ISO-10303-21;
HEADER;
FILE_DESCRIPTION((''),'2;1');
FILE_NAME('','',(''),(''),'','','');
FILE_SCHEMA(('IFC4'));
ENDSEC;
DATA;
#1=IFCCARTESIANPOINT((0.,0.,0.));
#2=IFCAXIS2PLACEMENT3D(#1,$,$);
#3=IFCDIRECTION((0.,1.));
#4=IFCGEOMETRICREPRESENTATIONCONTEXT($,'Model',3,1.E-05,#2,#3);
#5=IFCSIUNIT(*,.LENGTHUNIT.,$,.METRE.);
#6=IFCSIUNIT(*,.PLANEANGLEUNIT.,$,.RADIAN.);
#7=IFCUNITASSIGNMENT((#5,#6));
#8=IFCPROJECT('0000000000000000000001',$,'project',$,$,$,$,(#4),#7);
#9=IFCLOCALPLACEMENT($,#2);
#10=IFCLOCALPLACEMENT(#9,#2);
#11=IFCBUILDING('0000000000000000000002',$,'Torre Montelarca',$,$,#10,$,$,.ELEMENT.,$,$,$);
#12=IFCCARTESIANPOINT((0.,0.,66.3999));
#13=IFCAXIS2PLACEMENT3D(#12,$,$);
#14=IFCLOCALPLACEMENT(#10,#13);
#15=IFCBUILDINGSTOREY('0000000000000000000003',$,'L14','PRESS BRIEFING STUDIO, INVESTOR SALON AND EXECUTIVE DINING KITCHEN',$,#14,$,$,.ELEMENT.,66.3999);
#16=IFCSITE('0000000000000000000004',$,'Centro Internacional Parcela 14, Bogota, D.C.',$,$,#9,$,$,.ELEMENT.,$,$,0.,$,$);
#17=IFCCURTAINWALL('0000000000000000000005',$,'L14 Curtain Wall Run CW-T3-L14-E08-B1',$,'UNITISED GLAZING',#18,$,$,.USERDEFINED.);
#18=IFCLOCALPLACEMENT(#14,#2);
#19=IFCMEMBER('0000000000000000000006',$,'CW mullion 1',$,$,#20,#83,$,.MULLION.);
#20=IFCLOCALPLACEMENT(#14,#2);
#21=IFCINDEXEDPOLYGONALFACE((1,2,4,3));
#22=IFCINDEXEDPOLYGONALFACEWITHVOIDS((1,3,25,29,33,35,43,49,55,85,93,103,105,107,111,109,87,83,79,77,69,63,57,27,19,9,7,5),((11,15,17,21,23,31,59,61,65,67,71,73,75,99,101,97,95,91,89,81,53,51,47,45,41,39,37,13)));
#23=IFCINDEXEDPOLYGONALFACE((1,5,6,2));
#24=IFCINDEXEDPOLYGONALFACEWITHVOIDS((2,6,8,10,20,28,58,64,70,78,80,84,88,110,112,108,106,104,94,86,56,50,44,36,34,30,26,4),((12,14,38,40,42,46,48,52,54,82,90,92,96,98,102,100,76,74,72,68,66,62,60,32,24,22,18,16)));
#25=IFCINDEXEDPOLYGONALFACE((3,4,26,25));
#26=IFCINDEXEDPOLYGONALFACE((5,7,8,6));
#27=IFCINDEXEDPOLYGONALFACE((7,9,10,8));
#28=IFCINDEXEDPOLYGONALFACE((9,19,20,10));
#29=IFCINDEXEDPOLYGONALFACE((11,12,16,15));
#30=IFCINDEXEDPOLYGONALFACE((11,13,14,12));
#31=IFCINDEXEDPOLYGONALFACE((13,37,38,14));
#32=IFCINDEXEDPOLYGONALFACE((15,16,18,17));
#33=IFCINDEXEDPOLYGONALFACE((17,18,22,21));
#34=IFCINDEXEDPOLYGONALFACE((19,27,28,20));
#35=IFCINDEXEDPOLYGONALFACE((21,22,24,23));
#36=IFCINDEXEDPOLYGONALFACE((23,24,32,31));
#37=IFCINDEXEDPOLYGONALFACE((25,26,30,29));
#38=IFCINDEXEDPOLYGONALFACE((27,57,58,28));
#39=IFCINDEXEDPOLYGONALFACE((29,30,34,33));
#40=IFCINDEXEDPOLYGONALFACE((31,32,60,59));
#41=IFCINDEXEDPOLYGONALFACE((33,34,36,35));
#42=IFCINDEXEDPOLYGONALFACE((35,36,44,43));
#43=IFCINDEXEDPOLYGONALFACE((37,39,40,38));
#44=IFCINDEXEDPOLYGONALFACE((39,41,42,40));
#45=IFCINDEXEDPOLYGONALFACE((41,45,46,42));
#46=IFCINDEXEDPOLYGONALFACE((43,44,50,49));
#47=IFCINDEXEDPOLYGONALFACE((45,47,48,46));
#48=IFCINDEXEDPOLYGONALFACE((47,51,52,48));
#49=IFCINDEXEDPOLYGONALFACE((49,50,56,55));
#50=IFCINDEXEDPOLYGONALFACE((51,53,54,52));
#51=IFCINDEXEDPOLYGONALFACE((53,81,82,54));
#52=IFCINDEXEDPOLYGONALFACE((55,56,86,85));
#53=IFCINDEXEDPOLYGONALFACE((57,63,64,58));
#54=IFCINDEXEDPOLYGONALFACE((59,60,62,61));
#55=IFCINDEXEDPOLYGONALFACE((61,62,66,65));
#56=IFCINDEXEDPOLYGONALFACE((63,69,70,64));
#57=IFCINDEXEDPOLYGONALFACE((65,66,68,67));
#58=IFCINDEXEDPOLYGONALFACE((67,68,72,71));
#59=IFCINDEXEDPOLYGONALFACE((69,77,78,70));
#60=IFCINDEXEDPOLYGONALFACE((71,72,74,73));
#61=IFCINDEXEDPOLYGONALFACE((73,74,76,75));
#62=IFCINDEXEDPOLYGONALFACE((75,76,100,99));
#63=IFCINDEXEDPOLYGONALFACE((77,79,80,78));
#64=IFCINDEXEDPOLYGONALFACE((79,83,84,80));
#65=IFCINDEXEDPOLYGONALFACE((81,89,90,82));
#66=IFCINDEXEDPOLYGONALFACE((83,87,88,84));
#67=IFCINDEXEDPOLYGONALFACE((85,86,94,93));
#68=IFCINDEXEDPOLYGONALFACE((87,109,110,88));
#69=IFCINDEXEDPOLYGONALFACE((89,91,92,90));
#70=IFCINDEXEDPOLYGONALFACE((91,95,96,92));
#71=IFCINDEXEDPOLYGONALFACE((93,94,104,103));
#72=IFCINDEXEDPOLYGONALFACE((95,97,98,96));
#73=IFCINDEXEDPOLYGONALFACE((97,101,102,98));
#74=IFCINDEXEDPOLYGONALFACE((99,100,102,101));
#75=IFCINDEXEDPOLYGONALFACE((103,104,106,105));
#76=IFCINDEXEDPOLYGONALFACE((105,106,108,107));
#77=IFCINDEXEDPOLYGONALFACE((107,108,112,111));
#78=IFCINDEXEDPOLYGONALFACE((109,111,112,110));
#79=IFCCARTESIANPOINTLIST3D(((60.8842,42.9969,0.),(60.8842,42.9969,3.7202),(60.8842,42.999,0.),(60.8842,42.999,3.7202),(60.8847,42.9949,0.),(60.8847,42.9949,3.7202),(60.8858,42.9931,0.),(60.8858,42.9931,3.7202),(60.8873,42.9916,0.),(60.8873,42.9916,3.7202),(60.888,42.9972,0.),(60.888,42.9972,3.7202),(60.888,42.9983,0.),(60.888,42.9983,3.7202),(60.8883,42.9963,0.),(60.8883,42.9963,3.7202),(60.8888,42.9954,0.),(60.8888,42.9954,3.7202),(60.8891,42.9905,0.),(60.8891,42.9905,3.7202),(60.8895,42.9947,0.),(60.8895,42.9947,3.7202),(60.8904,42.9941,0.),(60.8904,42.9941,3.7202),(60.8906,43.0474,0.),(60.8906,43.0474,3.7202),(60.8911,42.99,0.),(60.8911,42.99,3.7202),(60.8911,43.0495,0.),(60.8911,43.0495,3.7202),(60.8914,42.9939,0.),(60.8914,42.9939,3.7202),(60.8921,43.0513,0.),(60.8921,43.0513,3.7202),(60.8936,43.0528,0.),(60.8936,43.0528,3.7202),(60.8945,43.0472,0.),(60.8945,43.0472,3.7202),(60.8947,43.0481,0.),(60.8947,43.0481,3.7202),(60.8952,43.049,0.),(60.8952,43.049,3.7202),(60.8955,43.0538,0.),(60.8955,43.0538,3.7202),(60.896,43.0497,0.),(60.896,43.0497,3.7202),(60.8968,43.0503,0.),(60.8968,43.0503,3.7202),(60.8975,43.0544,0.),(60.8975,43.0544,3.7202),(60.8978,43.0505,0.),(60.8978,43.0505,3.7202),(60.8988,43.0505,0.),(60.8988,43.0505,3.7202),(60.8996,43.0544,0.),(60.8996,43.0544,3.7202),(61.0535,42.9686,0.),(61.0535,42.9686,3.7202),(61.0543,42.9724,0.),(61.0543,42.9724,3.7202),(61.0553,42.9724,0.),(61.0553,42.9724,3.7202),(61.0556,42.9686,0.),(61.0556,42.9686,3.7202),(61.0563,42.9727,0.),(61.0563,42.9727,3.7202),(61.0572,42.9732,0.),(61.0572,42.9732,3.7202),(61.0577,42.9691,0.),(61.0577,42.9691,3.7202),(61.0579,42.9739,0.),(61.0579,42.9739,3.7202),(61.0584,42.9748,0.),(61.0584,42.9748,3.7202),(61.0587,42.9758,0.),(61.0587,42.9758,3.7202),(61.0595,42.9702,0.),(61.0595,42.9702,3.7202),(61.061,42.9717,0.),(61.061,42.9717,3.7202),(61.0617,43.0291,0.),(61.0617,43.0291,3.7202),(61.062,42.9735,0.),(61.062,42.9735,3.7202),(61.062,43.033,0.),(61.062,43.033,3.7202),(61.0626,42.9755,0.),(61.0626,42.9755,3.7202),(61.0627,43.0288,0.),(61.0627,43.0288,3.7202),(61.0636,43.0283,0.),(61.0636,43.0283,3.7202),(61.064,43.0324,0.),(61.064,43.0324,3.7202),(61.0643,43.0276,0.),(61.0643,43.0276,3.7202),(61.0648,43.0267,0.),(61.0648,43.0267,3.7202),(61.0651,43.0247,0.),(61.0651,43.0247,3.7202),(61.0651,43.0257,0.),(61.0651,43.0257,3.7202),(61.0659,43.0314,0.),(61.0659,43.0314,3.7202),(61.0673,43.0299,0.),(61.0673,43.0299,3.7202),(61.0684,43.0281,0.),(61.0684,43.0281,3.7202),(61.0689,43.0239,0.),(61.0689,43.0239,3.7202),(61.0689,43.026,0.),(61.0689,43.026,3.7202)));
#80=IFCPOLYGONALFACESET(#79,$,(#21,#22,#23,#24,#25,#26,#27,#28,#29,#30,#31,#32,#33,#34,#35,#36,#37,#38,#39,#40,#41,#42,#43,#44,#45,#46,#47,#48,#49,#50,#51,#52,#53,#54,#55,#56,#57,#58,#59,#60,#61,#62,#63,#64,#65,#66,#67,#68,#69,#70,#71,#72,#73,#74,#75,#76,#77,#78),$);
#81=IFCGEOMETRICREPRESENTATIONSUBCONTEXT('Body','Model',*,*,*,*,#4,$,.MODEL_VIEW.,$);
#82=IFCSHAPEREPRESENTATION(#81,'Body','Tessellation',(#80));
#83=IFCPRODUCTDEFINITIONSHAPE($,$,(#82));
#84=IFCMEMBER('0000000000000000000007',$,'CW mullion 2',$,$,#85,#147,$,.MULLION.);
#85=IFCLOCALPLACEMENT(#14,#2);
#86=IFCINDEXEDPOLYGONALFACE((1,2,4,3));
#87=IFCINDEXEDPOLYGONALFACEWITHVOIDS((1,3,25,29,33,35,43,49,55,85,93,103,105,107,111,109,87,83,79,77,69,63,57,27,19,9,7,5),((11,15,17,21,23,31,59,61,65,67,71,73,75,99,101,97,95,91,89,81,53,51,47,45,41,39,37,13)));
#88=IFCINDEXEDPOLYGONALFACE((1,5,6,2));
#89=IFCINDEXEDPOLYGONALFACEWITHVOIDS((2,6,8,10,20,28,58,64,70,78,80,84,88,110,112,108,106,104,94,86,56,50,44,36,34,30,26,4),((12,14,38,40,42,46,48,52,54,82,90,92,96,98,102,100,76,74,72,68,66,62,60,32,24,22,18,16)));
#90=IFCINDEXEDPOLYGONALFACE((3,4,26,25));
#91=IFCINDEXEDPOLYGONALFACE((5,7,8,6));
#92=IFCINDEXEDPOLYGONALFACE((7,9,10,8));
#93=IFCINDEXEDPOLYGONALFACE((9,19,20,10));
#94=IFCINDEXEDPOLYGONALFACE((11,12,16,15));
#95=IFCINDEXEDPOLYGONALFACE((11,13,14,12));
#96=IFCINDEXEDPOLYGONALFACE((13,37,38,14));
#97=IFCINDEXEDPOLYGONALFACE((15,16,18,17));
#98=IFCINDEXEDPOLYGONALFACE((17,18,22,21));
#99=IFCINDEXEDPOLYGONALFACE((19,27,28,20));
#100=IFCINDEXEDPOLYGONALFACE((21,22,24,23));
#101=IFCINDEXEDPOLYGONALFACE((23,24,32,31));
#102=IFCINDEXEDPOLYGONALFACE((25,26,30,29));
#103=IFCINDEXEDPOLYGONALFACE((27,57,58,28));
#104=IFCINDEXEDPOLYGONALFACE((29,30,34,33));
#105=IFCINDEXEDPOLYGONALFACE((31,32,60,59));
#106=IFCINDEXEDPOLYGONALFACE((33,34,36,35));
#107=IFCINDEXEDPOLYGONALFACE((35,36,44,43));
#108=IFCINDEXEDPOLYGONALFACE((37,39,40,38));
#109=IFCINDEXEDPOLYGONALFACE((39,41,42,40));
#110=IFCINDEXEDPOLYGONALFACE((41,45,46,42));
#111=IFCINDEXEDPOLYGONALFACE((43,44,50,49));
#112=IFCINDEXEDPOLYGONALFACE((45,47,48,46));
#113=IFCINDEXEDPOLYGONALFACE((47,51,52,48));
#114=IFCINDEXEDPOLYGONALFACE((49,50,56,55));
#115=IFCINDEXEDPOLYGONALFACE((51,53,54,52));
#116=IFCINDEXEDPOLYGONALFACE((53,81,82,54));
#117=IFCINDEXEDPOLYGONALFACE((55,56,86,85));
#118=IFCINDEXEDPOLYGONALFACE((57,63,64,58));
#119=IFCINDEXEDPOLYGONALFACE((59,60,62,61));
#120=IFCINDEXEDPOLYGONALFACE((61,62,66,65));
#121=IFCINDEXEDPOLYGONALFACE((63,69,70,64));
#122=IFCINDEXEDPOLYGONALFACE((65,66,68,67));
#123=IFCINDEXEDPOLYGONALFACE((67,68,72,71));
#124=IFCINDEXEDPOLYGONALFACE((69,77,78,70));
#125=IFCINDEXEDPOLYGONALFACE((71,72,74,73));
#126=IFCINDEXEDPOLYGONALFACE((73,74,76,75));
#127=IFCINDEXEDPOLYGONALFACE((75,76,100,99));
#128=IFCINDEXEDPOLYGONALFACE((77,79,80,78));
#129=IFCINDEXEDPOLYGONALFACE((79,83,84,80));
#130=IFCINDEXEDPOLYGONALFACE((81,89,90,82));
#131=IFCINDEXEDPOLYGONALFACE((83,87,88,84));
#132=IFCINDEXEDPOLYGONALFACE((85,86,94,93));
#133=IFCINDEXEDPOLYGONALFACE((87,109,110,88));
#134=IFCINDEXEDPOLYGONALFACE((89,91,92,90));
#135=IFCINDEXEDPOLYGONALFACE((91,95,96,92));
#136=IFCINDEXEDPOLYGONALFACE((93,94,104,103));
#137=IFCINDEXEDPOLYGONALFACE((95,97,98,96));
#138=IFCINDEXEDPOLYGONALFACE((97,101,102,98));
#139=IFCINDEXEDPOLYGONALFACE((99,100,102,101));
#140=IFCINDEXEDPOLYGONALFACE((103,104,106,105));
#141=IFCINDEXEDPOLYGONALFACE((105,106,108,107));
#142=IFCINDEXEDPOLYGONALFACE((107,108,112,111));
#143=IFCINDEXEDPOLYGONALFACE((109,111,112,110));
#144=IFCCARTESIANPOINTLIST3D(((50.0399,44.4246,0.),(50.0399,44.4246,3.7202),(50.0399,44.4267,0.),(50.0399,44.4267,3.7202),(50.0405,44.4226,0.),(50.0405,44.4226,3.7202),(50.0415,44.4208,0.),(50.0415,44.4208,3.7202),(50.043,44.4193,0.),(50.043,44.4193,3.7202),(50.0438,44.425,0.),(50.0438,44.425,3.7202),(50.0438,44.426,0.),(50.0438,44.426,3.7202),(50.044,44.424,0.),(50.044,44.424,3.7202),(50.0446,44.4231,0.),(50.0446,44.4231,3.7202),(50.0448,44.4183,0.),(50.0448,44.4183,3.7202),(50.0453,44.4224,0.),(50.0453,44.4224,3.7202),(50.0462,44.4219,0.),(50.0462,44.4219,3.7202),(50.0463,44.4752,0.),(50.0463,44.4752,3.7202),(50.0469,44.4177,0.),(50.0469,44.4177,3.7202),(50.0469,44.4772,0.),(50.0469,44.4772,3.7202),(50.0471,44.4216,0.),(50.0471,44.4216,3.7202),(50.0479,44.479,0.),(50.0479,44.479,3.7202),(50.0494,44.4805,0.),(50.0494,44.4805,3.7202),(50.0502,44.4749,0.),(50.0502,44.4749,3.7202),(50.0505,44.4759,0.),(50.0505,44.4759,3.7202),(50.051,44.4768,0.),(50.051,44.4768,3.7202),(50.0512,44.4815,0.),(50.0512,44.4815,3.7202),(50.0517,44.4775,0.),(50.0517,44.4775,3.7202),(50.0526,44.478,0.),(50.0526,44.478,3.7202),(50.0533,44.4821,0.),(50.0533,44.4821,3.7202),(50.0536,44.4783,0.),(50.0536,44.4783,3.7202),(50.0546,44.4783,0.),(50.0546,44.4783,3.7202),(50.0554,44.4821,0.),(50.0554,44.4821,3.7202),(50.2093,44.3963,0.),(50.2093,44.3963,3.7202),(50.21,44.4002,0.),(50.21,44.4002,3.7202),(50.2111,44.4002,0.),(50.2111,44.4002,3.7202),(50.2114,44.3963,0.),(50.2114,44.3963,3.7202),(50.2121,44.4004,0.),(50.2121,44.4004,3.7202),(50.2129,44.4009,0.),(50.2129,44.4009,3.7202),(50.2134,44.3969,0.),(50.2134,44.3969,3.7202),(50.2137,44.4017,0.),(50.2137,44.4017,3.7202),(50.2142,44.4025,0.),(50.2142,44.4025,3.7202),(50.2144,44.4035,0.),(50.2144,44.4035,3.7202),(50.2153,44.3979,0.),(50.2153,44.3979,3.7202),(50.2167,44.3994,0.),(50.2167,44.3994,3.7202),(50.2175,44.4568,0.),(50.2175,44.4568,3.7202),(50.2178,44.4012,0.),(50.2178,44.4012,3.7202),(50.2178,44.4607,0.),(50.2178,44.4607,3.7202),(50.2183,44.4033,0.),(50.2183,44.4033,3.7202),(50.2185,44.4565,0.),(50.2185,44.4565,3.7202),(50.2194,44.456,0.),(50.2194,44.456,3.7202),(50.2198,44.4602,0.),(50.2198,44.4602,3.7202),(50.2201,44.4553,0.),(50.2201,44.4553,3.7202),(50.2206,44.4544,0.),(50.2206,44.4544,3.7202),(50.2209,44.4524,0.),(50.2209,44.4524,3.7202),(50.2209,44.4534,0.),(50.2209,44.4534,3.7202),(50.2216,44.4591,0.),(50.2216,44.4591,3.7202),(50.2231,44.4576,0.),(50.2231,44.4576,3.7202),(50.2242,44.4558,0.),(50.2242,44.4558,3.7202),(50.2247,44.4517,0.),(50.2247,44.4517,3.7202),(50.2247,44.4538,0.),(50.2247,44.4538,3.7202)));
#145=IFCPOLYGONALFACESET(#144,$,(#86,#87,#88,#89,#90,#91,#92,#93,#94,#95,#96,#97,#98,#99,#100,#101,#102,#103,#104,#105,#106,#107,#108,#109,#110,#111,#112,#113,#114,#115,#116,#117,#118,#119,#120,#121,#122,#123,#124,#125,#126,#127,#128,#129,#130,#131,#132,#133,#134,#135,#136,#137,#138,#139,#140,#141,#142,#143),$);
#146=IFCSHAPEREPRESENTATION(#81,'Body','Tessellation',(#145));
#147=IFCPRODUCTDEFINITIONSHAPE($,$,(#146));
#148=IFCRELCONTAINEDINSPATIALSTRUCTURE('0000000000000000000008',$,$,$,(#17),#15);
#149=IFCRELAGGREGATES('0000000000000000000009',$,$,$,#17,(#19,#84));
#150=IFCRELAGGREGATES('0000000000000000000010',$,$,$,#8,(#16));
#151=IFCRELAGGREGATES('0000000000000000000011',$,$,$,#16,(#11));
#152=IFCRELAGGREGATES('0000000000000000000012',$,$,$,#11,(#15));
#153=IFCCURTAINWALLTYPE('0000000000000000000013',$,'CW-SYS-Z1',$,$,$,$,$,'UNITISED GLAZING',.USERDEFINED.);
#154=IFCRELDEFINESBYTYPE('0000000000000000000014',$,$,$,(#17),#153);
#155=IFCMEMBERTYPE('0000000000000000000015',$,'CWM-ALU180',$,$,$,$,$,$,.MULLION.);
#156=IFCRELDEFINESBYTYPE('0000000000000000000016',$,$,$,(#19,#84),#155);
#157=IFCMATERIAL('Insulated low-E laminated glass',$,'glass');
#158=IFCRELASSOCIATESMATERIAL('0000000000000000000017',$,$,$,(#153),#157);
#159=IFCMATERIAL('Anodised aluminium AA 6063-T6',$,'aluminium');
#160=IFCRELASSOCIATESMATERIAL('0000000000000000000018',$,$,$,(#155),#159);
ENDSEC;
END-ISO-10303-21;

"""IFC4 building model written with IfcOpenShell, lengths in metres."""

from ifc_helpers import new_model, si_unit, direction, frame, origin, origin_2d, place, context, subcontext, project, spatial, hollow_rectangle, extrude, source, transform, mapped, material, material_profile, profile_set, type_object, element, aggregate, save


model = new_model("IFC4")

# Units and contexts
model_context = context("Model", 3, precision=1e-05, world=origin(), true_north=direction((0.0, 1.0)))
body_context = subcontext(model_context, "Body", "Model", "MODEL_VIEW")
ifc_project = project(units=[si_unit("LENGTHUNIT", "METRE"), si_unit("PLANEANGLEUNIT", "RADIAN")], contexts=[model_context])

# Site, building, storey
site_placement = place(None, origin())
site = spatial("IfcSite", under=ifc_project, at=site_placement, Name="Centro Internacional Parcela 14, Bogota, D.C.", CompositionType="ELEMENT", RefElevation=0.0)
building_placement = place(site_placement, origin())
building = spatial("IfcBuilding", under=site, at=building_placement, Name="Torre Montelarca", CompositionType="ELEMENT")
storey_placement = place(building_placement, frame((0.0, 0.0, 66.3999)))
storey = spatial("IfcBuildingStorey", under=building, at=storey_placement, Name="L14", Description="PRESS BRIEFING STUDIO, INVESTOR SALON AND EXECUTIVE DINING KITCHEN", CompositionType="ELEMENT", Elevation=66.3999)

# Curtain wall
ifc_material_1 = material(Name="Insulated low-E laminated glass", Category="glass")
curtain_wall_type = type_object("IfcCurtainWallType", Name="CW-SYS-Z1", ElementType="UNITISED GLAZING", PredefinedType="USERDEFINED", material=ifc_material_1)
ifc_material_2 = material(Name="Anodised aluminium AA 6063-T6", Category="aluminium")
curtain_wall_1_placement = place(storey_placement, origin())
curtain_wall_1 = element("IfcCurtainWall", 1, at=curtain_wall_1_placement, inside=storey, type_object=curtain_wall_type, Name="L14 Curtain Wall Run CW-T3-L14-E08-B1", ObjectType="UNITISED GLAZING", PredefinedType="USERDEFINED")

# Members
ifc_material_profile_1 = material_profile(ifc_material_2, hollow_rectangle(XDim=0.0649, YDim=0.1799, WallThickness=0.0039, InnerFilletRadius=0.0039, OuterFilletRadius=0.0081, at=origin_2d()), Name="ALU65X180X4", Category="aluminium")
ifc_profile_set_1 = profile_set([ifc_material_profile_1], Name="Anodised aluminium AA 6063-T6")
member_type_1 = type_object("IfcMemberType", Name="CWM-ALU180", PredefinedType="MULLION", material=ifc_profile_set_1)
shared_shape_1 = source(origin(), body_context, "Body", "SweptSolid", [
    extrude(hollow_rectangle(XDim=0.0649, YDim=0.1799, WallThickness=0.0039, InnerFilletRadius=0.0039, OuterFilletRadius=0.0081, at=origin_2d()), origin(), (0.0, 0.0, 1.0), 3.7202),
])
member_1_placement = place(storey_placement, frame((60.9766, 43.0115, 0.0), z_axis=(0.0, 0.0, 1.0), x_axis=(-0.130525, -0.991445, 0.0)))
member_1 = element("IfcMember", 2, at=member_1_placement, type_object=member_type_1, Name="CW mullion 1", PredefinedType="MULLION", context=body_context, shape_type="MappedRepresentation", body=[
    mapped(shared_shape_1, transform((0.0, 0.0, 0.0), scale=1.0)),
])
member_2_placement = place(storey_placement, frame((50.1323, 44.4392, 0.0), z_axis=(0.0, 0.0, 1.0), x_axis=(-0.130525, -0.991445, 0.0)))
member_2 = element("IfcMember", 3, at=member_2_placement, type_object=member_type_1, Name="CW mullion 2", PredefinedType="MULLION", context=body_context, shape_type="MappedRepresentation", body=[
    mapped(shared_shape_1, transform((0.0, 0.0, 0.0), scale=1.0)),
])

aggregate(curtain_wall_1, [member_1, member_2])

save(model, "model.ifc")
